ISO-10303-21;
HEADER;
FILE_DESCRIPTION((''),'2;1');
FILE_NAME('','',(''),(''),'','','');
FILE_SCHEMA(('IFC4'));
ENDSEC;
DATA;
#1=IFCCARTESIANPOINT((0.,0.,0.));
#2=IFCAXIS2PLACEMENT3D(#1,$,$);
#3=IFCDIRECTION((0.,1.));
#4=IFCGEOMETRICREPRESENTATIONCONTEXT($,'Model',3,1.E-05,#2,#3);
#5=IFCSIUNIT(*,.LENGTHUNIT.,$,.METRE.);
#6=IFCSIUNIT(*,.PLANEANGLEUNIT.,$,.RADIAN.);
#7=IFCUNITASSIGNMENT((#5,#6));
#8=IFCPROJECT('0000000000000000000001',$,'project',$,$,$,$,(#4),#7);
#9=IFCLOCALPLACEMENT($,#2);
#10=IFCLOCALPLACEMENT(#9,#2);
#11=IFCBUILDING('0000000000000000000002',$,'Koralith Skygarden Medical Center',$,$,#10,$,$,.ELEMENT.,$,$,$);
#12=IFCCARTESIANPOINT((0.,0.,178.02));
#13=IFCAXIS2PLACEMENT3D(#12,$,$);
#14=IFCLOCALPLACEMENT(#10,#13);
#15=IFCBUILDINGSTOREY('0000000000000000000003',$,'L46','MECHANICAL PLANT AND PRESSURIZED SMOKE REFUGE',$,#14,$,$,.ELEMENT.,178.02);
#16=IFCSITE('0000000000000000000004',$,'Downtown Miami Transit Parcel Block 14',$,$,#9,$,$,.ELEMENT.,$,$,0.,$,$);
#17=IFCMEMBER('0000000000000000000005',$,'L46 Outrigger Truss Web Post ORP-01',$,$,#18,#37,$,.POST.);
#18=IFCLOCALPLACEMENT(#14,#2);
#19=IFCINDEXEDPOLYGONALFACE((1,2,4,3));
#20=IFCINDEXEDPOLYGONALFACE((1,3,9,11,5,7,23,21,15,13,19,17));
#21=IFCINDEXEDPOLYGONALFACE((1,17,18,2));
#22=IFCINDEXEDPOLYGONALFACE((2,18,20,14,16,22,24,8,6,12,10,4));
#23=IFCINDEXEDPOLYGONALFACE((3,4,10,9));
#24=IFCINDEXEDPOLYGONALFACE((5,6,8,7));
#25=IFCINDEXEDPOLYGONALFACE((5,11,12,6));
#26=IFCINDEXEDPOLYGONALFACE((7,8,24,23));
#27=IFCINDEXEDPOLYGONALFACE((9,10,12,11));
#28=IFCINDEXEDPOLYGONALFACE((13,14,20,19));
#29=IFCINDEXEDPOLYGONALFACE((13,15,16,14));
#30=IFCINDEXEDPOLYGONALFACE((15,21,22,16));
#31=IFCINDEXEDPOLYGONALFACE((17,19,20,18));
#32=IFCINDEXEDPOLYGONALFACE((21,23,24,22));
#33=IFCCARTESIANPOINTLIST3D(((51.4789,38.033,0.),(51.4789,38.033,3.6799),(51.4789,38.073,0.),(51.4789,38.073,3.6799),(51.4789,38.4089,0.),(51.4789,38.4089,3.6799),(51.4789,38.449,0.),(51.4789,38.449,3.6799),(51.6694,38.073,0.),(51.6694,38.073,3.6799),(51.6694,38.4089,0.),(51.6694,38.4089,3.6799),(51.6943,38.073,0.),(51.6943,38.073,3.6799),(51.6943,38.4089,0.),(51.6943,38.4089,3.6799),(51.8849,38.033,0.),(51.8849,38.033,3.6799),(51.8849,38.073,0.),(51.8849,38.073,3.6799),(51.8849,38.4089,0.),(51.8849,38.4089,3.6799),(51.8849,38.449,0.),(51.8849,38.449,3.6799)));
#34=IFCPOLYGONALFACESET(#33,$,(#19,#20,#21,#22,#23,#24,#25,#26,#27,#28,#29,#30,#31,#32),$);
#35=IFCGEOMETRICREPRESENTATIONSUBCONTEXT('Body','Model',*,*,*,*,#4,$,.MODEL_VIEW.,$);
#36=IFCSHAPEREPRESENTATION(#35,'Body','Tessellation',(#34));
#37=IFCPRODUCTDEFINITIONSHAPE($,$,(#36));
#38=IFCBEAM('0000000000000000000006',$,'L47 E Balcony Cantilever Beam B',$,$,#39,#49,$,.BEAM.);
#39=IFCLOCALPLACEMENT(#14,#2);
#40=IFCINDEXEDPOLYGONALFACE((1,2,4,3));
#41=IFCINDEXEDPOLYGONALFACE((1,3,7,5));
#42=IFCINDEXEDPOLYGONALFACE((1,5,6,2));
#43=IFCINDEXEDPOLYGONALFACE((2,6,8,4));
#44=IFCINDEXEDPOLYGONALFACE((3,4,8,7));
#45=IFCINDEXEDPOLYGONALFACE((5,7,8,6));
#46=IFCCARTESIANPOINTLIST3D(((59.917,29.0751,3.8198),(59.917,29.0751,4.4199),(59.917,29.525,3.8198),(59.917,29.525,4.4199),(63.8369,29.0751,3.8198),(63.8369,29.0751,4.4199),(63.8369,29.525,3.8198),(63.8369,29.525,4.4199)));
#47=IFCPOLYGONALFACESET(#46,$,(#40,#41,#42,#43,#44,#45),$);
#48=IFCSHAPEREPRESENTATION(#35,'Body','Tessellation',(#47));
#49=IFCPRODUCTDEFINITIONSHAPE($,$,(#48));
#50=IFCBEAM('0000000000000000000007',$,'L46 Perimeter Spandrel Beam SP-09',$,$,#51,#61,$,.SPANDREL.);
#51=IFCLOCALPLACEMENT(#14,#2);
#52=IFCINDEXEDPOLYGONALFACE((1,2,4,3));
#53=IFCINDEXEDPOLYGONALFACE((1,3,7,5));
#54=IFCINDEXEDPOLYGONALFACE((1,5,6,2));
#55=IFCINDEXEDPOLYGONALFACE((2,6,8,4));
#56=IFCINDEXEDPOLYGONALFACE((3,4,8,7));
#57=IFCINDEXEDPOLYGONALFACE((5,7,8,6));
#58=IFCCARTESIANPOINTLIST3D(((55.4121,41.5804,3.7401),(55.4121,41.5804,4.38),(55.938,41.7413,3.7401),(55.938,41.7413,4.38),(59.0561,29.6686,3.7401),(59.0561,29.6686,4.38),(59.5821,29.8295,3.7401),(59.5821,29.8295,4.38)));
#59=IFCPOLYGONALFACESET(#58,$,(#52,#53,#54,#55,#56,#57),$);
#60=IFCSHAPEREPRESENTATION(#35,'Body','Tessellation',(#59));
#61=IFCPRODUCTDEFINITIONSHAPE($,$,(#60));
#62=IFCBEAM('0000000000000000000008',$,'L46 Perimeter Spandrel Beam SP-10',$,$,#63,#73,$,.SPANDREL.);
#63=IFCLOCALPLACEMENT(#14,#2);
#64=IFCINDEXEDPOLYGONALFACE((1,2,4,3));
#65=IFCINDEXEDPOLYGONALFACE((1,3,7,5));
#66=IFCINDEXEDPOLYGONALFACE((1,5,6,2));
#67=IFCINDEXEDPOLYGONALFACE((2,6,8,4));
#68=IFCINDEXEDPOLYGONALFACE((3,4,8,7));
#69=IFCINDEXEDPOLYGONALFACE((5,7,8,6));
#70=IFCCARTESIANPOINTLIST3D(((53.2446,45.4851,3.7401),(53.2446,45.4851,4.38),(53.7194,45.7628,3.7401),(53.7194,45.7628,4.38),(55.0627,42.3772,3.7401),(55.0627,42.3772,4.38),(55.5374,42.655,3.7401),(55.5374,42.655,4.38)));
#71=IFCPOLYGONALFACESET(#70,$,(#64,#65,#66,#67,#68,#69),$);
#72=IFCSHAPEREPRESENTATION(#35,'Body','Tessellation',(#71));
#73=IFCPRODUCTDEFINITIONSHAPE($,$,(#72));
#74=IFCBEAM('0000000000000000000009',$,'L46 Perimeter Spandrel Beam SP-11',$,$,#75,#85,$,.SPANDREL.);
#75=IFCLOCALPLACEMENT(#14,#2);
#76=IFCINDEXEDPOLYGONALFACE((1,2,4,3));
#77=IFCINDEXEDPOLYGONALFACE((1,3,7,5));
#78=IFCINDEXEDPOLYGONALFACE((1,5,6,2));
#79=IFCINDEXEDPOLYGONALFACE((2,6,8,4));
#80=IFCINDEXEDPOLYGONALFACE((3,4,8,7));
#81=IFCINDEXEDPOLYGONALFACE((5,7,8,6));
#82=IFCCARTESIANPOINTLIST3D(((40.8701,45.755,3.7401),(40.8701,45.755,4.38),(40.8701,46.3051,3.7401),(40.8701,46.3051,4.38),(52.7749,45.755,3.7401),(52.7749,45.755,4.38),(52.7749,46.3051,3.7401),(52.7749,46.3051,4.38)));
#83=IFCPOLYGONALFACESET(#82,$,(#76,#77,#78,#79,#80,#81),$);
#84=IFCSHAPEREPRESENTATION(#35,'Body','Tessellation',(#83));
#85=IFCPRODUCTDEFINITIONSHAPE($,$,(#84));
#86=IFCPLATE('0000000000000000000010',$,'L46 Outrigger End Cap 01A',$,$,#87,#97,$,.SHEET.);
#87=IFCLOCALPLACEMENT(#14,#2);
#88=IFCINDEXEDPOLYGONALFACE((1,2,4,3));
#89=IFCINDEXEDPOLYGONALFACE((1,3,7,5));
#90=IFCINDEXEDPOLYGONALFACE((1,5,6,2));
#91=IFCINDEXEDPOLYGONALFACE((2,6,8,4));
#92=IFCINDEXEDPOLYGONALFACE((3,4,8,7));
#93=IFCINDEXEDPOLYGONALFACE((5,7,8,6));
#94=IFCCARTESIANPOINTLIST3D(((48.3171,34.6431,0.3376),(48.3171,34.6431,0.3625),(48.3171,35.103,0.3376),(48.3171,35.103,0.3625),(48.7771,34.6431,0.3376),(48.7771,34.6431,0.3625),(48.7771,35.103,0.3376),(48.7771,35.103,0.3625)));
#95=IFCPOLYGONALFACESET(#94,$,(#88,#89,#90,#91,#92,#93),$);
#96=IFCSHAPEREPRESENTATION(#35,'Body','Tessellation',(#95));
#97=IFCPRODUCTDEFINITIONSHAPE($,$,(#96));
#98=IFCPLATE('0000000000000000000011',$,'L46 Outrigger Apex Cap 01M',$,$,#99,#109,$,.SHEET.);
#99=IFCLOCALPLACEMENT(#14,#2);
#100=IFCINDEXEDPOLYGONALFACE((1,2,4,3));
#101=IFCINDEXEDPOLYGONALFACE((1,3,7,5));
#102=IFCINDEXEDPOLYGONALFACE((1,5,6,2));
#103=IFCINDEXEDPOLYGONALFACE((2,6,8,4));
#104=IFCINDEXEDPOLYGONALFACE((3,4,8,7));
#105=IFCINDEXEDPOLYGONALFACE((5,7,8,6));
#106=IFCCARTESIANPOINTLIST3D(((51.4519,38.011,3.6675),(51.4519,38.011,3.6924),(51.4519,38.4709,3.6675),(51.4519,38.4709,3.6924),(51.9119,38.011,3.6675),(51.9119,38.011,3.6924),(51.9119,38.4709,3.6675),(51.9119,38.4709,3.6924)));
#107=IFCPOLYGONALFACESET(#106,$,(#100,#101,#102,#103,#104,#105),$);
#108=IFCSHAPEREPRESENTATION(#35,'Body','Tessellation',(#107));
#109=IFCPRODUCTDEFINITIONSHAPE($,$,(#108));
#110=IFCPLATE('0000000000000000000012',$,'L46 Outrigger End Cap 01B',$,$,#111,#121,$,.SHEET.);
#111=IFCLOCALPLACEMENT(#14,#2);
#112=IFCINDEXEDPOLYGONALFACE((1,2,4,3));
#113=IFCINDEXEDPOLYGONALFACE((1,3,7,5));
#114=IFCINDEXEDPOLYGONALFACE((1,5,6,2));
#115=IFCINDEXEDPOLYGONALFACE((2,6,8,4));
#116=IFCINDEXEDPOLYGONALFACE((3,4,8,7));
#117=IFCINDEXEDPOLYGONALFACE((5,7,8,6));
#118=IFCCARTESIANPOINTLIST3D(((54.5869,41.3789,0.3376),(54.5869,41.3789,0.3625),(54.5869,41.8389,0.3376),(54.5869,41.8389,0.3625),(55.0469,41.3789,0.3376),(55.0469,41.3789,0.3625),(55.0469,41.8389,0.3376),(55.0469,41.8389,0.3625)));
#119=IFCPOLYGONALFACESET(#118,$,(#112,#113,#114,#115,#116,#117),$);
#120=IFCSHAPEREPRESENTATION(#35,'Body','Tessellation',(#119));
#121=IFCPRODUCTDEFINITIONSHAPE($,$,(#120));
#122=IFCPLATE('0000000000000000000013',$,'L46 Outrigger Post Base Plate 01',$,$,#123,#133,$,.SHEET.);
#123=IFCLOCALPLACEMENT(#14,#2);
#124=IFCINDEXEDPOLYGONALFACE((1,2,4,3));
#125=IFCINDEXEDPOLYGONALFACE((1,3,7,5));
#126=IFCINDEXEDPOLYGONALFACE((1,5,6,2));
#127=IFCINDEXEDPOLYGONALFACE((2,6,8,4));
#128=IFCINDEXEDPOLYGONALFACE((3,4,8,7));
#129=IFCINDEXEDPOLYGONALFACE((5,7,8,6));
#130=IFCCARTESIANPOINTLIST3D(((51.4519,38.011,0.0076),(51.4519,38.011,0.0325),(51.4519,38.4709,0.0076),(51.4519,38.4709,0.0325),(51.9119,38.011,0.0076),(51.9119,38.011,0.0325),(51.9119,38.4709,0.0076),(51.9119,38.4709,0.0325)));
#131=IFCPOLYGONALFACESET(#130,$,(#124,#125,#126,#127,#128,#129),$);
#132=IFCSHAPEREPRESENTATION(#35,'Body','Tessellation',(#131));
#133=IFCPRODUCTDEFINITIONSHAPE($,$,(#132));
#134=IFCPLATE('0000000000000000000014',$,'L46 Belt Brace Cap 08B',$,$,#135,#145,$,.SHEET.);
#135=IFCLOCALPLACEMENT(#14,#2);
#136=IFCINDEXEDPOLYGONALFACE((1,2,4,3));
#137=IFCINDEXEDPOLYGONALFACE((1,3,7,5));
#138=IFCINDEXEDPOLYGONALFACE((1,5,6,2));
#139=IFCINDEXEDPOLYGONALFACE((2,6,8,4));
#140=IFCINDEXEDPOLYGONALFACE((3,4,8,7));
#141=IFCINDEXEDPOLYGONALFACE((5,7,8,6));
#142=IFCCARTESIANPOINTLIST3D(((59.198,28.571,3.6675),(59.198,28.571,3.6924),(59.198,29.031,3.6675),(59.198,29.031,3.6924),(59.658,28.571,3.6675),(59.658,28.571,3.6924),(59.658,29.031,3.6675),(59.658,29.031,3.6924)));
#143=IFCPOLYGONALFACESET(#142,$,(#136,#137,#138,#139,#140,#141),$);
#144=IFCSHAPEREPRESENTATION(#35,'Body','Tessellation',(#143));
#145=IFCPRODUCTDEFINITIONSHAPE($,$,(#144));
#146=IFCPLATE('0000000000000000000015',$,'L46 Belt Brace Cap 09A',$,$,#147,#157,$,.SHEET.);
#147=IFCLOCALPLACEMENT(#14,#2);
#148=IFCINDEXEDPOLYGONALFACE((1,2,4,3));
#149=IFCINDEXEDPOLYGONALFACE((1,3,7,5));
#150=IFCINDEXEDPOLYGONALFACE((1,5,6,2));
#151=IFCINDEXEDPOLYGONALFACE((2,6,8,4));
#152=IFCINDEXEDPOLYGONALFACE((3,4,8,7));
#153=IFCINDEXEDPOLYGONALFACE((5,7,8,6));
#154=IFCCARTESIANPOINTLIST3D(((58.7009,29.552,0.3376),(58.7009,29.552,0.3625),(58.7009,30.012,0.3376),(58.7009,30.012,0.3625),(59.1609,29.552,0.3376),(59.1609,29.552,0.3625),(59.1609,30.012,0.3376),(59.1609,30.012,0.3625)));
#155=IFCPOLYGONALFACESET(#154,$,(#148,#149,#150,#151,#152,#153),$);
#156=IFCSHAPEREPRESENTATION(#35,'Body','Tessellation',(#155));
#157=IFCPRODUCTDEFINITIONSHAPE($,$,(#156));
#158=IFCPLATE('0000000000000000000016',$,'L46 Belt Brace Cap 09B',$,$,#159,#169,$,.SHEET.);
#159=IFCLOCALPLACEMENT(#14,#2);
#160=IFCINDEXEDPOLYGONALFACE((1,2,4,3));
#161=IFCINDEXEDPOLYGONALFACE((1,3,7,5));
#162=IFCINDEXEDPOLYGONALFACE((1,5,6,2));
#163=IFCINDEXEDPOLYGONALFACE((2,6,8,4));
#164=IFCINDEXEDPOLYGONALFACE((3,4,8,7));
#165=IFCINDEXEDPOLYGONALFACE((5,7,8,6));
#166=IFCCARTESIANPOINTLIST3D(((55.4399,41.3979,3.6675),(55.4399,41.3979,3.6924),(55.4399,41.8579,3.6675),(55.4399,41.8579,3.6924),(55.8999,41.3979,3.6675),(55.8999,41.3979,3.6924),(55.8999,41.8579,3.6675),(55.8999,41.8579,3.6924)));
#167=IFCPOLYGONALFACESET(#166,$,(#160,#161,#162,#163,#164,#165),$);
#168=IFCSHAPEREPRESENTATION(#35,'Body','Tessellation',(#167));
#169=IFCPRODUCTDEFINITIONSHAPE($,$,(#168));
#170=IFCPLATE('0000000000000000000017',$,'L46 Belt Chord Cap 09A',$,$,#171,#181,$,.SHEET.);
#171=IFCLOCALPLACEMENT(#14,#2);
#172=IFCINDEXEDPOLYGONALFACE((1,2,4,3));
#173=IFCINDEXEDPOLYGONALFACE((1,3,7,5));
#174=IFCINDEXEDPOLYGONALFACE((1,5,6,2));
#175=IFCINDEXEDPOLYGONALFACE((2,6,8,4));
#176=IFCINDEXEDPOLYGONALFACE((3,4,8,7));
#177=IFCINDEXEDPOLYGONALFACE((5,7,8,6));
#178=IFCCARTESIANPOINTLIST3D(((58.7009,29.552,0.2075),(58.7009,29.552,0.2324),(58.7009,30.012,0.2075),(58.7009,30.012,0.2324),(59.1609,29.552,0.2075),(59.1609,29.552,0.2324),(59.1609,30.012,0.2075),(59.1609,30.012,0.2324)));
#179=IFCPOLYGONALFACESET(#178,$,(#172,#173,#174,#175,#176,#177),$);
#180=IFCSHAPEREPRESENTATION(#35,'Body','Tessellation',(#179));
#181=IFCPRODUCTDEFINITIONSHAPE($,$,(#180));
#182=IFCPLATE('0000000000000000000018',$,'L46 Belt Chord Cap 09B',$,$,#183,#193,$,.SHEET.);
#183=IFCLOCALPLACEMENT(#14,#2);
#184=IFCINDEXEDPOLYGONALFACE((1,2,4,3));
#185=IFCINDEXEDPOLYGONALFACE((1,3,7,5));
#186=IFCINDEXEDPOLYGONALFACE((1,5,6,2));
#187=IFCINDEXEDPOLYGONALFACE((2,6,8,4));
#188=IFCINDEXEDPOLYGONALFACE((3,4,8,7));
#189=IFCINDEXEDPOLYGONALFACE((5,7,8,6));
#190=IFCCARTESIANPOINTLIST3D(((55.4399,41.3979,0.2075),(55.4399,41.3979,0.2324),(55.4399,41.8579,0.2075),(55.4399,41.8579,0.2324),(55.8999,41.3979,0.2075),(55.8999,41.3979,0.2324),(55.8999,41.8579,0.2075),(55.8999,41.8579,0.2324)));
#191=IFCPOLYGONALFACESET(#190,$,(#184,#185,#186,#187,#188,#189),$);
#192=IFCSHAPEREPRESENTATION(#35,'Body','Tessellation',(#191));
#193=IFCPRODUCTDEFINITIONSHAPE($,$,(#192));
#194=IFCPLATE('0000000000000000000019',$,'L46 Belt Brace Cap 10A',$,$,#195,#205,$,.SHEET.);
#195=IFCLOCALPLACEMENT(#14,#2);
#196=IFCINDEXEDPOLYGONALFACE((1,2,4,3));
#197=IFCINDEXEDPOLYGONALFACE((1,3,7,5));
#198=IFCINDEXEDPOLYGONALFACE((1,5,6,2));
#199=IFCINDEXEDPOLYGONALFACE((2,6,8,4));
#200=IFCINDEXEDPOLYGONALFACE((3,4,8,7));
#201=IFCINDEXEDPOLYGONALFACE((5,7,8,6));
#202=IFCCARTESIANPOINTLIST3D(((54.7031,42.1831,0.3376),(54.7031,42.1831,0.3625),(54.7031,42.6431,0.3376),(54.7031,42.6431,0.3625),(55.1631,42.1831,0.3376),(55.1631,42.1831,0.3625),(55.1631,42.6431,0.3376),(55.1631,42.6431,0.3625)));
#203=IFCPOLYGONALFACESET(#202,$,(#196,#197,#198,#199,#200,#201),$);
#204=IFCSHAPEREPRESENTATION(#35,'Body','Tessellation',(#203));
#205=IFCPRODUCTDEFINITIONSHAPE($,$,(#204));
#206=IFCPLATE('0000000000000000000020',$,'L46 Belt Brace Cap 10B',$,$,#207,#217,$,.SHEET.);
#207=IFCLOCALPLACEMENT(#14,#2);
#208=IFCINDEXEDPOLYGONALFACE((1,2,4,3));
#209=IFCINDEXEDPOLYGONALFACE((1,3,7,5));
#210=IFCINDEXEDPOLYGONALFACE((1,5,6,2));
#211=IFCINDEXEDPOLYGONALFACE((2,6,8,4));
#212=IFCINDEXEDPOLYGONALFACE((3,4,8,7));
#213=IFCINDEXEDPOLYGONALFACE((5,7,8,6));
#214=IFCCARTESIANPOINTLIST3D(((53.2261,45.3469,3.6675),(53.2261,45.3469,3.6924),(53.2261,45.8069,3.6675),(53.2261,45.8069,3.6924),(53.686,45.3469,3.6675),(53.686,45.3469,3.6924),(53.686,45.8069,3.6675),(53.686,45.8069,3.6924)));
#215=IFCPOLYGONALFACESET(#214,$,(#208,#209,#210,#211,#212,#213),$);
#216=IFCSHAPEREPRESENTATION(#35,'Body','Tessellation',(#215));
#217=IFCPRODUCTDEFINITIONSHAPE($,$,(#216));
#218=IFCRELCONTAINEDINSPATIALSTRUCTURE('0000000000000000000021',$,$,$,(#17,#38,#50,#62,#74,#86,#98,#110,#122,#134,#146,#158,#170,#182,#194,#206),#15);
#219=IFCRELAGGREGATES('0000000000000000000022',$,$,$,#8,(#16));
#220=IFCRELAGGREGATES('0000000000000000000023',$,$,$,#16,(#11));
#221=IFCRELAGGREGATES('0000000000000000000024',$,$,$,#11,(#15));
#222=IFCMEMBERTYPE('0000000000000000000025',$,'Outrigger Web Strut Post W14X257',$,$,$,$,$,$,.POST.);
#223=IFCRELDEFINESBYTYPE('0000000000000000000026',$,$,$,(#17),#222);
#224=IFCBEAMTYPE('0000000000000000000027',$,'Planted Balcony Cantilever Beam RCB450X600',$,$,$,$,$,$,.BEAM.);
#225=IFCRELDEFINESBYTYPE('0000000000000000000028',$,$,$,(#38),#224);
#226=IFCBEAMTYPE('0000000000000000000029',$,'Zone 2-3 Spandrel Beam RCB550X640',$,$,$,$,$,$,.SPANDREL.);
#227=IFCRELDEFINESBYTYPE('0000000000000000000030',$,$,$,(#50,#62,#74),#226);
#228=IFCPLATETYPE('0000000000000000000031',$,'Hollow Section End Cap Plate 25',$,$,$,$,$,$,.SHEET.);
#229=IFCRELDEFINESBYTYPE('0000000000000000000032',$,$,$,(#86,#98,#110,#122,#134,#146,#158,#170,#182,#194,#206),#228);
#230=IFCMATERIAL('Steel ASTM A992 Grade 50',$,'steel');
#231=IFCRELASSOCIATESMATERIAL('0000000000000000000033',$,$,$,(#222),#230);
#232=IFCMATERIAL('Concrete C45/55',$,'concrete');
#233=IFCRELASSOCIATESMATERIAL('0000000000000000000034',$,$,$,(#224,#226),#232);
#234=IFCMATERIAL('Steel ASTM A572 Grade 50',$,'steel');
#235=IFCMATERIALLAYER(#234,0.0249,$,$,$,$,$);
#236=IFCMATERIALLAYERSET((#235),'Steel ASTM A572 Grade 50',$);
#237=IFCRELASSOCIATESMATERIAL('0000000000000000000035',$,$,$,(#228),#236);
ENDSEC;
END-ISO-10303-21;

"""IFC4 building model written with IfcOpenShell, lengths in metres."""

from ifc_helpers import new_model, si_unit, direction, frame, origin, origin_2d, place, context, subcontext, project, spatial, rectangle, i_section, extrude, material, layer, layer_set, material_profile, profile_set, type_object, element, save


model = new_model("IFC4")

# Units and contexts
model_context = context("Model", 3, precision=1e-05, world=origin(), true_north=direction((0.0, 1.0)))
body_context = subcontext(model_context, "Body", "Model", "MODEL_VIEW")
ifc_project = project(units=[si_unit("LENGTHUNIT", "METRE"), si_unit("PLANEANGLEUNIT", "RADIAN")], contexts=[model_context])

# Site, building, storey
site_placement = place(None, origin())
site = spatial("IfcSite", under=ifc_project, at=site_placement, Name="Downtown Miami Transit Parcel Block 14", CompositionType="ELEMENT", RefElevation=0.0)
building_placement = place(site_placement, origin())
building = spatial("IfcBuilding", under=site, at=building_placement, Name="Koralith Skygarden Medical Center", CompositionType="ELEMENT")
storey_placement = place(building_placement, frame((0.0, 0.0, 178.02)))
storey = spatial("IfcBuildingStorey", under=building, at=storey_placement, Name="L46", Description="MECHANICAL PLANT AND PRESSURIZED SMOKE REFUGE", CompositionType="ELEMENT", Elevation=178.02)

# Shared definitions
ifc_material_1 = material(Name="Steel ASTM A992 Grade 50", Category="steel")

# Member
ifc_material_profile_1 = material_profile(ifc_material_1, i_section(OverallWidth=0.406, OverallDepth=0.416, WebThickness=0.0249, FlangeThickness=0.04, at=origin_2d()), Name="W14X257")
ifc_profile_set_1 = profile_set([ifc_material_profile_1], Name="Steel ASTM A992 Grade 50")
member_type_1 = type_object("IfcMemberType", Name="Outrigger Web Strut Post W14X257", PredefinedType="POST", material=ifc_profile_set_1)
member_1_placement = place(storey_placement, frame((51.6819, 38.241, 0.0), z_axis=(0.0, 0.0, 1.0), x_axis=(1.0, 0.0, 0.0)))
element("IfcMember", 1, at=member_1_placement, inside=storey, type_object=member_type_1, Name="L46 Outrigger Truss Web Post ORP-01", PredefinedType="POST", context=body_context, shape_type="SweptSolid", body=[
    extrude(i_section(OverallWidth=0.406, OverallDepth=0.416, WebThickness=0.0249, FlangeThickness=0.04, at=origin_2d()), origin(), (0.0, 0.0, 1.0), 3.6799),
])

# Beams
ifc_material_2 = material(Name="Concrete C45/55", Category="concrete")
ifc_material_profile_2 = material_profile(ifc_material_2, rectangle(XDim=0.45, YDim=0.6001, at=origin_2d()), Name="RCB450X600")
ifc_profile_set_2 = profile_set([ifc_material_profile_2], Name="Concrete C45/55")
beam_type_1 = type_object("IfcBeamType", Name="Planted Balcony Cantilever Beam RCB450X600", PredefinedType="BEAM", material=ifc_profile_set_2)
beam_1_placement = place(storey_placement, frame((59.917, 29.3, 4.1199), z_axis=(1.0, 0.0, 0.0), x_axis=(0.0, 1.0, 0.0)))
element("IfcBeam", 2, at=beam_1_placement, inside=storey, type_object=beam_type_1, Name="L47 E Balcony Cantilever Beam B", PredefinedType="BEAM", context=body_context, shape_type="SweptSolid", body=[
    extrude(rectangle(XDim=0.45, YDim=0.6001, at=origin_2d()), origin(), (0.0, 0.0, 1.0), 3.9199),
])
ifc_material_profile_3 = material_profile(ifc_material_2, rectangle(XDim=0.55, YDim=0.6399, at=origin_2d()), Name="RCB550X640")
ifc_profile_set_3 = profile_set([ifc_material_profile_3], Name="Concrete C45/55")
beam_type_2 = type_object("IfcBeamType", Name="Zone 2-3 Spandrel Beam RCB550X640", PredefinedType="SPANDREL", material=ifc_profile_set_3)
beam_2_placement = place(storey_placement, frame((59.3191, 29.749, 4.0601), z_axis=(-0.292535, 0.956255, 0.0), x_axis=(-0.956255, -0.292535, 0.0)))
element("IfcBeam", 3, at=beam_2_placement, inside=storey, type_object=beam_type_2, Name="L46 Perimeter Spandrel Beam SP-09", PredefinedType="SPANDREL", context=body_context, shape_type="SweptSolid", body=[
    extrude(rectangle(XDim=0.55, YDim=0.6399, at=origin_2d()), origin(), (0.0, 0.0, 1.0), 12.4568),
])
beam_3_placement = place(storey_placement, frame((55.3, 42.5161, 4.0601), z_axis=(-0.504941, 0.863154, 0.0), x_axis=(-0.863154, -0.504941, 0.0)))
element("IfcBeam", 4, at=beam_3_placement, inside=storey, type_object=beam_type_2, Name="L46 Perimeter Spandrel Beam SP-10", PredefinedType="SPANDREL", context=body_context, shape_type="SweptSolid", body=[
    extrude(rectangle(XDim=0.55, YDim=0.6399, at=origin_2d()), origin(), (0.0, 0.0, 1.0), 3.6006),
])
beam_4_placement = place(storey_placement, frame((52.7749, 46.03, 4.0601), z_axis=(-1.0, 0.0, 0.0), x_axis=(0.0, -1.0, 0.0)))
element("IfcBeam", 5, at=beam_4_placement, inside=storey, type_object=beam_type_2, Name="L46 Perimeter Spandrel Beam SP-11", PredefinedType="SPANDREL", context=body_context, shape_type="SweptSolid", body=[
    extrude(rectangle(XDim=0.55, YDim=0.6399, at=origin_2d()), origin(), (0.0, 0.0, 1.0), 11.9048),
])

# Plates
ifc_material_3 = material(Name="Steel ASTM A572 Grade 50", Category="steel")
ifc_layer_1 = layer(ifc_material_3, 0.0249)
ifc_layer_set_1 = layer_set([ifc_layer_1], Name="Steel ASTM A572 Grade 50")
plate_type_1 = type_object("IfcPlateType", Name="Hollow Section End Cap Plate 25", PredefinedType="SHEET", material=ifc_layer_set_1)
for number, where, z_axis, x_axis, name in (
    (6, (48.5471, 34.873, 0.3376), (0.0, 0.0, 1.0), (1.0, 0.0, 0.0), "L46 Outrigger End Cap 01A"),
    (7, (51.6819, 38.241, 3.6675), (0.0, 0.0, 1.0), (1.0, 0.0, 0.0), "L46 Outrigger Apex Cap 01M"),
    (8, (54.8169, 41.6089, 0.3376), (0.0, 0.0, 1.0), (1.0, 0.0, 0.0), "L46 Outrigger End Cap 01B"),
    (9, (51.6819, 38.241, 0.0076), (0.0, 0.0, 1.0), (1.0, 0.0, 0.0), "L46 Outrigger Post Base Plate 01"),
    (10, (59.428, 28.801, 3.6675), (0.0, 0.0, 1.0), (1.0, 0.0, 0.0), "L46 Belt Brace Cap 08B"),
    (11, (58.9309, 29.782, 0.3376), (0.0, 0.0, 1.0), (1.0, 0.0, 0.0), "L46 Belt Brace Cap 09A"),
    (12, (55.6699, 41.6279, 3.6675), (0.0, 0.0, 1.0), (1.0, 0.0, 0.0), "L46 Belt Brace Cap 09B"),
    (13, (58.9309, 29.782, 0.2075), (0.0, 0.0, 1.0), (1.0, 0.0, 0.0), "L46 Belt Chord Cap 09A"),
    (14, (55.6699, 41.6279, 0.2075), (0.0, 0.0, 1.0), (1.0, 0.0, 0.0), "L46 Belt Chord Cap 09B"),
    (15, (54.9331, 42.4131, 0.3376), (0.0, 0.0, 1.0), (1.0, 0.0, 0.0), "L46 Belt Brace Cap 10A"),
    (16, (53.4561, 45.5769, 3.6675), (0.0, 0.0, 1.0), (1.0, 0.0, 0.0), "L46 Belt Brace Cap 10B"),
):
    element("IfcPlate", number, at=place(storey_placement, frame(where, z_axis=z_axis, x_axis=x_axis)), inside=storey, type_object=plate_type_1, Name=name, PredefinedType="SHEET", context=body_context, shape_type="SweptSolid", body=[
        extrude(rectangle(XDim=0.46, YDim=0.46, at=origin_2d()), origin(), (0.0, 0.0, 1.0), 0.0249),
    ])

save(model, "model.ifc")
